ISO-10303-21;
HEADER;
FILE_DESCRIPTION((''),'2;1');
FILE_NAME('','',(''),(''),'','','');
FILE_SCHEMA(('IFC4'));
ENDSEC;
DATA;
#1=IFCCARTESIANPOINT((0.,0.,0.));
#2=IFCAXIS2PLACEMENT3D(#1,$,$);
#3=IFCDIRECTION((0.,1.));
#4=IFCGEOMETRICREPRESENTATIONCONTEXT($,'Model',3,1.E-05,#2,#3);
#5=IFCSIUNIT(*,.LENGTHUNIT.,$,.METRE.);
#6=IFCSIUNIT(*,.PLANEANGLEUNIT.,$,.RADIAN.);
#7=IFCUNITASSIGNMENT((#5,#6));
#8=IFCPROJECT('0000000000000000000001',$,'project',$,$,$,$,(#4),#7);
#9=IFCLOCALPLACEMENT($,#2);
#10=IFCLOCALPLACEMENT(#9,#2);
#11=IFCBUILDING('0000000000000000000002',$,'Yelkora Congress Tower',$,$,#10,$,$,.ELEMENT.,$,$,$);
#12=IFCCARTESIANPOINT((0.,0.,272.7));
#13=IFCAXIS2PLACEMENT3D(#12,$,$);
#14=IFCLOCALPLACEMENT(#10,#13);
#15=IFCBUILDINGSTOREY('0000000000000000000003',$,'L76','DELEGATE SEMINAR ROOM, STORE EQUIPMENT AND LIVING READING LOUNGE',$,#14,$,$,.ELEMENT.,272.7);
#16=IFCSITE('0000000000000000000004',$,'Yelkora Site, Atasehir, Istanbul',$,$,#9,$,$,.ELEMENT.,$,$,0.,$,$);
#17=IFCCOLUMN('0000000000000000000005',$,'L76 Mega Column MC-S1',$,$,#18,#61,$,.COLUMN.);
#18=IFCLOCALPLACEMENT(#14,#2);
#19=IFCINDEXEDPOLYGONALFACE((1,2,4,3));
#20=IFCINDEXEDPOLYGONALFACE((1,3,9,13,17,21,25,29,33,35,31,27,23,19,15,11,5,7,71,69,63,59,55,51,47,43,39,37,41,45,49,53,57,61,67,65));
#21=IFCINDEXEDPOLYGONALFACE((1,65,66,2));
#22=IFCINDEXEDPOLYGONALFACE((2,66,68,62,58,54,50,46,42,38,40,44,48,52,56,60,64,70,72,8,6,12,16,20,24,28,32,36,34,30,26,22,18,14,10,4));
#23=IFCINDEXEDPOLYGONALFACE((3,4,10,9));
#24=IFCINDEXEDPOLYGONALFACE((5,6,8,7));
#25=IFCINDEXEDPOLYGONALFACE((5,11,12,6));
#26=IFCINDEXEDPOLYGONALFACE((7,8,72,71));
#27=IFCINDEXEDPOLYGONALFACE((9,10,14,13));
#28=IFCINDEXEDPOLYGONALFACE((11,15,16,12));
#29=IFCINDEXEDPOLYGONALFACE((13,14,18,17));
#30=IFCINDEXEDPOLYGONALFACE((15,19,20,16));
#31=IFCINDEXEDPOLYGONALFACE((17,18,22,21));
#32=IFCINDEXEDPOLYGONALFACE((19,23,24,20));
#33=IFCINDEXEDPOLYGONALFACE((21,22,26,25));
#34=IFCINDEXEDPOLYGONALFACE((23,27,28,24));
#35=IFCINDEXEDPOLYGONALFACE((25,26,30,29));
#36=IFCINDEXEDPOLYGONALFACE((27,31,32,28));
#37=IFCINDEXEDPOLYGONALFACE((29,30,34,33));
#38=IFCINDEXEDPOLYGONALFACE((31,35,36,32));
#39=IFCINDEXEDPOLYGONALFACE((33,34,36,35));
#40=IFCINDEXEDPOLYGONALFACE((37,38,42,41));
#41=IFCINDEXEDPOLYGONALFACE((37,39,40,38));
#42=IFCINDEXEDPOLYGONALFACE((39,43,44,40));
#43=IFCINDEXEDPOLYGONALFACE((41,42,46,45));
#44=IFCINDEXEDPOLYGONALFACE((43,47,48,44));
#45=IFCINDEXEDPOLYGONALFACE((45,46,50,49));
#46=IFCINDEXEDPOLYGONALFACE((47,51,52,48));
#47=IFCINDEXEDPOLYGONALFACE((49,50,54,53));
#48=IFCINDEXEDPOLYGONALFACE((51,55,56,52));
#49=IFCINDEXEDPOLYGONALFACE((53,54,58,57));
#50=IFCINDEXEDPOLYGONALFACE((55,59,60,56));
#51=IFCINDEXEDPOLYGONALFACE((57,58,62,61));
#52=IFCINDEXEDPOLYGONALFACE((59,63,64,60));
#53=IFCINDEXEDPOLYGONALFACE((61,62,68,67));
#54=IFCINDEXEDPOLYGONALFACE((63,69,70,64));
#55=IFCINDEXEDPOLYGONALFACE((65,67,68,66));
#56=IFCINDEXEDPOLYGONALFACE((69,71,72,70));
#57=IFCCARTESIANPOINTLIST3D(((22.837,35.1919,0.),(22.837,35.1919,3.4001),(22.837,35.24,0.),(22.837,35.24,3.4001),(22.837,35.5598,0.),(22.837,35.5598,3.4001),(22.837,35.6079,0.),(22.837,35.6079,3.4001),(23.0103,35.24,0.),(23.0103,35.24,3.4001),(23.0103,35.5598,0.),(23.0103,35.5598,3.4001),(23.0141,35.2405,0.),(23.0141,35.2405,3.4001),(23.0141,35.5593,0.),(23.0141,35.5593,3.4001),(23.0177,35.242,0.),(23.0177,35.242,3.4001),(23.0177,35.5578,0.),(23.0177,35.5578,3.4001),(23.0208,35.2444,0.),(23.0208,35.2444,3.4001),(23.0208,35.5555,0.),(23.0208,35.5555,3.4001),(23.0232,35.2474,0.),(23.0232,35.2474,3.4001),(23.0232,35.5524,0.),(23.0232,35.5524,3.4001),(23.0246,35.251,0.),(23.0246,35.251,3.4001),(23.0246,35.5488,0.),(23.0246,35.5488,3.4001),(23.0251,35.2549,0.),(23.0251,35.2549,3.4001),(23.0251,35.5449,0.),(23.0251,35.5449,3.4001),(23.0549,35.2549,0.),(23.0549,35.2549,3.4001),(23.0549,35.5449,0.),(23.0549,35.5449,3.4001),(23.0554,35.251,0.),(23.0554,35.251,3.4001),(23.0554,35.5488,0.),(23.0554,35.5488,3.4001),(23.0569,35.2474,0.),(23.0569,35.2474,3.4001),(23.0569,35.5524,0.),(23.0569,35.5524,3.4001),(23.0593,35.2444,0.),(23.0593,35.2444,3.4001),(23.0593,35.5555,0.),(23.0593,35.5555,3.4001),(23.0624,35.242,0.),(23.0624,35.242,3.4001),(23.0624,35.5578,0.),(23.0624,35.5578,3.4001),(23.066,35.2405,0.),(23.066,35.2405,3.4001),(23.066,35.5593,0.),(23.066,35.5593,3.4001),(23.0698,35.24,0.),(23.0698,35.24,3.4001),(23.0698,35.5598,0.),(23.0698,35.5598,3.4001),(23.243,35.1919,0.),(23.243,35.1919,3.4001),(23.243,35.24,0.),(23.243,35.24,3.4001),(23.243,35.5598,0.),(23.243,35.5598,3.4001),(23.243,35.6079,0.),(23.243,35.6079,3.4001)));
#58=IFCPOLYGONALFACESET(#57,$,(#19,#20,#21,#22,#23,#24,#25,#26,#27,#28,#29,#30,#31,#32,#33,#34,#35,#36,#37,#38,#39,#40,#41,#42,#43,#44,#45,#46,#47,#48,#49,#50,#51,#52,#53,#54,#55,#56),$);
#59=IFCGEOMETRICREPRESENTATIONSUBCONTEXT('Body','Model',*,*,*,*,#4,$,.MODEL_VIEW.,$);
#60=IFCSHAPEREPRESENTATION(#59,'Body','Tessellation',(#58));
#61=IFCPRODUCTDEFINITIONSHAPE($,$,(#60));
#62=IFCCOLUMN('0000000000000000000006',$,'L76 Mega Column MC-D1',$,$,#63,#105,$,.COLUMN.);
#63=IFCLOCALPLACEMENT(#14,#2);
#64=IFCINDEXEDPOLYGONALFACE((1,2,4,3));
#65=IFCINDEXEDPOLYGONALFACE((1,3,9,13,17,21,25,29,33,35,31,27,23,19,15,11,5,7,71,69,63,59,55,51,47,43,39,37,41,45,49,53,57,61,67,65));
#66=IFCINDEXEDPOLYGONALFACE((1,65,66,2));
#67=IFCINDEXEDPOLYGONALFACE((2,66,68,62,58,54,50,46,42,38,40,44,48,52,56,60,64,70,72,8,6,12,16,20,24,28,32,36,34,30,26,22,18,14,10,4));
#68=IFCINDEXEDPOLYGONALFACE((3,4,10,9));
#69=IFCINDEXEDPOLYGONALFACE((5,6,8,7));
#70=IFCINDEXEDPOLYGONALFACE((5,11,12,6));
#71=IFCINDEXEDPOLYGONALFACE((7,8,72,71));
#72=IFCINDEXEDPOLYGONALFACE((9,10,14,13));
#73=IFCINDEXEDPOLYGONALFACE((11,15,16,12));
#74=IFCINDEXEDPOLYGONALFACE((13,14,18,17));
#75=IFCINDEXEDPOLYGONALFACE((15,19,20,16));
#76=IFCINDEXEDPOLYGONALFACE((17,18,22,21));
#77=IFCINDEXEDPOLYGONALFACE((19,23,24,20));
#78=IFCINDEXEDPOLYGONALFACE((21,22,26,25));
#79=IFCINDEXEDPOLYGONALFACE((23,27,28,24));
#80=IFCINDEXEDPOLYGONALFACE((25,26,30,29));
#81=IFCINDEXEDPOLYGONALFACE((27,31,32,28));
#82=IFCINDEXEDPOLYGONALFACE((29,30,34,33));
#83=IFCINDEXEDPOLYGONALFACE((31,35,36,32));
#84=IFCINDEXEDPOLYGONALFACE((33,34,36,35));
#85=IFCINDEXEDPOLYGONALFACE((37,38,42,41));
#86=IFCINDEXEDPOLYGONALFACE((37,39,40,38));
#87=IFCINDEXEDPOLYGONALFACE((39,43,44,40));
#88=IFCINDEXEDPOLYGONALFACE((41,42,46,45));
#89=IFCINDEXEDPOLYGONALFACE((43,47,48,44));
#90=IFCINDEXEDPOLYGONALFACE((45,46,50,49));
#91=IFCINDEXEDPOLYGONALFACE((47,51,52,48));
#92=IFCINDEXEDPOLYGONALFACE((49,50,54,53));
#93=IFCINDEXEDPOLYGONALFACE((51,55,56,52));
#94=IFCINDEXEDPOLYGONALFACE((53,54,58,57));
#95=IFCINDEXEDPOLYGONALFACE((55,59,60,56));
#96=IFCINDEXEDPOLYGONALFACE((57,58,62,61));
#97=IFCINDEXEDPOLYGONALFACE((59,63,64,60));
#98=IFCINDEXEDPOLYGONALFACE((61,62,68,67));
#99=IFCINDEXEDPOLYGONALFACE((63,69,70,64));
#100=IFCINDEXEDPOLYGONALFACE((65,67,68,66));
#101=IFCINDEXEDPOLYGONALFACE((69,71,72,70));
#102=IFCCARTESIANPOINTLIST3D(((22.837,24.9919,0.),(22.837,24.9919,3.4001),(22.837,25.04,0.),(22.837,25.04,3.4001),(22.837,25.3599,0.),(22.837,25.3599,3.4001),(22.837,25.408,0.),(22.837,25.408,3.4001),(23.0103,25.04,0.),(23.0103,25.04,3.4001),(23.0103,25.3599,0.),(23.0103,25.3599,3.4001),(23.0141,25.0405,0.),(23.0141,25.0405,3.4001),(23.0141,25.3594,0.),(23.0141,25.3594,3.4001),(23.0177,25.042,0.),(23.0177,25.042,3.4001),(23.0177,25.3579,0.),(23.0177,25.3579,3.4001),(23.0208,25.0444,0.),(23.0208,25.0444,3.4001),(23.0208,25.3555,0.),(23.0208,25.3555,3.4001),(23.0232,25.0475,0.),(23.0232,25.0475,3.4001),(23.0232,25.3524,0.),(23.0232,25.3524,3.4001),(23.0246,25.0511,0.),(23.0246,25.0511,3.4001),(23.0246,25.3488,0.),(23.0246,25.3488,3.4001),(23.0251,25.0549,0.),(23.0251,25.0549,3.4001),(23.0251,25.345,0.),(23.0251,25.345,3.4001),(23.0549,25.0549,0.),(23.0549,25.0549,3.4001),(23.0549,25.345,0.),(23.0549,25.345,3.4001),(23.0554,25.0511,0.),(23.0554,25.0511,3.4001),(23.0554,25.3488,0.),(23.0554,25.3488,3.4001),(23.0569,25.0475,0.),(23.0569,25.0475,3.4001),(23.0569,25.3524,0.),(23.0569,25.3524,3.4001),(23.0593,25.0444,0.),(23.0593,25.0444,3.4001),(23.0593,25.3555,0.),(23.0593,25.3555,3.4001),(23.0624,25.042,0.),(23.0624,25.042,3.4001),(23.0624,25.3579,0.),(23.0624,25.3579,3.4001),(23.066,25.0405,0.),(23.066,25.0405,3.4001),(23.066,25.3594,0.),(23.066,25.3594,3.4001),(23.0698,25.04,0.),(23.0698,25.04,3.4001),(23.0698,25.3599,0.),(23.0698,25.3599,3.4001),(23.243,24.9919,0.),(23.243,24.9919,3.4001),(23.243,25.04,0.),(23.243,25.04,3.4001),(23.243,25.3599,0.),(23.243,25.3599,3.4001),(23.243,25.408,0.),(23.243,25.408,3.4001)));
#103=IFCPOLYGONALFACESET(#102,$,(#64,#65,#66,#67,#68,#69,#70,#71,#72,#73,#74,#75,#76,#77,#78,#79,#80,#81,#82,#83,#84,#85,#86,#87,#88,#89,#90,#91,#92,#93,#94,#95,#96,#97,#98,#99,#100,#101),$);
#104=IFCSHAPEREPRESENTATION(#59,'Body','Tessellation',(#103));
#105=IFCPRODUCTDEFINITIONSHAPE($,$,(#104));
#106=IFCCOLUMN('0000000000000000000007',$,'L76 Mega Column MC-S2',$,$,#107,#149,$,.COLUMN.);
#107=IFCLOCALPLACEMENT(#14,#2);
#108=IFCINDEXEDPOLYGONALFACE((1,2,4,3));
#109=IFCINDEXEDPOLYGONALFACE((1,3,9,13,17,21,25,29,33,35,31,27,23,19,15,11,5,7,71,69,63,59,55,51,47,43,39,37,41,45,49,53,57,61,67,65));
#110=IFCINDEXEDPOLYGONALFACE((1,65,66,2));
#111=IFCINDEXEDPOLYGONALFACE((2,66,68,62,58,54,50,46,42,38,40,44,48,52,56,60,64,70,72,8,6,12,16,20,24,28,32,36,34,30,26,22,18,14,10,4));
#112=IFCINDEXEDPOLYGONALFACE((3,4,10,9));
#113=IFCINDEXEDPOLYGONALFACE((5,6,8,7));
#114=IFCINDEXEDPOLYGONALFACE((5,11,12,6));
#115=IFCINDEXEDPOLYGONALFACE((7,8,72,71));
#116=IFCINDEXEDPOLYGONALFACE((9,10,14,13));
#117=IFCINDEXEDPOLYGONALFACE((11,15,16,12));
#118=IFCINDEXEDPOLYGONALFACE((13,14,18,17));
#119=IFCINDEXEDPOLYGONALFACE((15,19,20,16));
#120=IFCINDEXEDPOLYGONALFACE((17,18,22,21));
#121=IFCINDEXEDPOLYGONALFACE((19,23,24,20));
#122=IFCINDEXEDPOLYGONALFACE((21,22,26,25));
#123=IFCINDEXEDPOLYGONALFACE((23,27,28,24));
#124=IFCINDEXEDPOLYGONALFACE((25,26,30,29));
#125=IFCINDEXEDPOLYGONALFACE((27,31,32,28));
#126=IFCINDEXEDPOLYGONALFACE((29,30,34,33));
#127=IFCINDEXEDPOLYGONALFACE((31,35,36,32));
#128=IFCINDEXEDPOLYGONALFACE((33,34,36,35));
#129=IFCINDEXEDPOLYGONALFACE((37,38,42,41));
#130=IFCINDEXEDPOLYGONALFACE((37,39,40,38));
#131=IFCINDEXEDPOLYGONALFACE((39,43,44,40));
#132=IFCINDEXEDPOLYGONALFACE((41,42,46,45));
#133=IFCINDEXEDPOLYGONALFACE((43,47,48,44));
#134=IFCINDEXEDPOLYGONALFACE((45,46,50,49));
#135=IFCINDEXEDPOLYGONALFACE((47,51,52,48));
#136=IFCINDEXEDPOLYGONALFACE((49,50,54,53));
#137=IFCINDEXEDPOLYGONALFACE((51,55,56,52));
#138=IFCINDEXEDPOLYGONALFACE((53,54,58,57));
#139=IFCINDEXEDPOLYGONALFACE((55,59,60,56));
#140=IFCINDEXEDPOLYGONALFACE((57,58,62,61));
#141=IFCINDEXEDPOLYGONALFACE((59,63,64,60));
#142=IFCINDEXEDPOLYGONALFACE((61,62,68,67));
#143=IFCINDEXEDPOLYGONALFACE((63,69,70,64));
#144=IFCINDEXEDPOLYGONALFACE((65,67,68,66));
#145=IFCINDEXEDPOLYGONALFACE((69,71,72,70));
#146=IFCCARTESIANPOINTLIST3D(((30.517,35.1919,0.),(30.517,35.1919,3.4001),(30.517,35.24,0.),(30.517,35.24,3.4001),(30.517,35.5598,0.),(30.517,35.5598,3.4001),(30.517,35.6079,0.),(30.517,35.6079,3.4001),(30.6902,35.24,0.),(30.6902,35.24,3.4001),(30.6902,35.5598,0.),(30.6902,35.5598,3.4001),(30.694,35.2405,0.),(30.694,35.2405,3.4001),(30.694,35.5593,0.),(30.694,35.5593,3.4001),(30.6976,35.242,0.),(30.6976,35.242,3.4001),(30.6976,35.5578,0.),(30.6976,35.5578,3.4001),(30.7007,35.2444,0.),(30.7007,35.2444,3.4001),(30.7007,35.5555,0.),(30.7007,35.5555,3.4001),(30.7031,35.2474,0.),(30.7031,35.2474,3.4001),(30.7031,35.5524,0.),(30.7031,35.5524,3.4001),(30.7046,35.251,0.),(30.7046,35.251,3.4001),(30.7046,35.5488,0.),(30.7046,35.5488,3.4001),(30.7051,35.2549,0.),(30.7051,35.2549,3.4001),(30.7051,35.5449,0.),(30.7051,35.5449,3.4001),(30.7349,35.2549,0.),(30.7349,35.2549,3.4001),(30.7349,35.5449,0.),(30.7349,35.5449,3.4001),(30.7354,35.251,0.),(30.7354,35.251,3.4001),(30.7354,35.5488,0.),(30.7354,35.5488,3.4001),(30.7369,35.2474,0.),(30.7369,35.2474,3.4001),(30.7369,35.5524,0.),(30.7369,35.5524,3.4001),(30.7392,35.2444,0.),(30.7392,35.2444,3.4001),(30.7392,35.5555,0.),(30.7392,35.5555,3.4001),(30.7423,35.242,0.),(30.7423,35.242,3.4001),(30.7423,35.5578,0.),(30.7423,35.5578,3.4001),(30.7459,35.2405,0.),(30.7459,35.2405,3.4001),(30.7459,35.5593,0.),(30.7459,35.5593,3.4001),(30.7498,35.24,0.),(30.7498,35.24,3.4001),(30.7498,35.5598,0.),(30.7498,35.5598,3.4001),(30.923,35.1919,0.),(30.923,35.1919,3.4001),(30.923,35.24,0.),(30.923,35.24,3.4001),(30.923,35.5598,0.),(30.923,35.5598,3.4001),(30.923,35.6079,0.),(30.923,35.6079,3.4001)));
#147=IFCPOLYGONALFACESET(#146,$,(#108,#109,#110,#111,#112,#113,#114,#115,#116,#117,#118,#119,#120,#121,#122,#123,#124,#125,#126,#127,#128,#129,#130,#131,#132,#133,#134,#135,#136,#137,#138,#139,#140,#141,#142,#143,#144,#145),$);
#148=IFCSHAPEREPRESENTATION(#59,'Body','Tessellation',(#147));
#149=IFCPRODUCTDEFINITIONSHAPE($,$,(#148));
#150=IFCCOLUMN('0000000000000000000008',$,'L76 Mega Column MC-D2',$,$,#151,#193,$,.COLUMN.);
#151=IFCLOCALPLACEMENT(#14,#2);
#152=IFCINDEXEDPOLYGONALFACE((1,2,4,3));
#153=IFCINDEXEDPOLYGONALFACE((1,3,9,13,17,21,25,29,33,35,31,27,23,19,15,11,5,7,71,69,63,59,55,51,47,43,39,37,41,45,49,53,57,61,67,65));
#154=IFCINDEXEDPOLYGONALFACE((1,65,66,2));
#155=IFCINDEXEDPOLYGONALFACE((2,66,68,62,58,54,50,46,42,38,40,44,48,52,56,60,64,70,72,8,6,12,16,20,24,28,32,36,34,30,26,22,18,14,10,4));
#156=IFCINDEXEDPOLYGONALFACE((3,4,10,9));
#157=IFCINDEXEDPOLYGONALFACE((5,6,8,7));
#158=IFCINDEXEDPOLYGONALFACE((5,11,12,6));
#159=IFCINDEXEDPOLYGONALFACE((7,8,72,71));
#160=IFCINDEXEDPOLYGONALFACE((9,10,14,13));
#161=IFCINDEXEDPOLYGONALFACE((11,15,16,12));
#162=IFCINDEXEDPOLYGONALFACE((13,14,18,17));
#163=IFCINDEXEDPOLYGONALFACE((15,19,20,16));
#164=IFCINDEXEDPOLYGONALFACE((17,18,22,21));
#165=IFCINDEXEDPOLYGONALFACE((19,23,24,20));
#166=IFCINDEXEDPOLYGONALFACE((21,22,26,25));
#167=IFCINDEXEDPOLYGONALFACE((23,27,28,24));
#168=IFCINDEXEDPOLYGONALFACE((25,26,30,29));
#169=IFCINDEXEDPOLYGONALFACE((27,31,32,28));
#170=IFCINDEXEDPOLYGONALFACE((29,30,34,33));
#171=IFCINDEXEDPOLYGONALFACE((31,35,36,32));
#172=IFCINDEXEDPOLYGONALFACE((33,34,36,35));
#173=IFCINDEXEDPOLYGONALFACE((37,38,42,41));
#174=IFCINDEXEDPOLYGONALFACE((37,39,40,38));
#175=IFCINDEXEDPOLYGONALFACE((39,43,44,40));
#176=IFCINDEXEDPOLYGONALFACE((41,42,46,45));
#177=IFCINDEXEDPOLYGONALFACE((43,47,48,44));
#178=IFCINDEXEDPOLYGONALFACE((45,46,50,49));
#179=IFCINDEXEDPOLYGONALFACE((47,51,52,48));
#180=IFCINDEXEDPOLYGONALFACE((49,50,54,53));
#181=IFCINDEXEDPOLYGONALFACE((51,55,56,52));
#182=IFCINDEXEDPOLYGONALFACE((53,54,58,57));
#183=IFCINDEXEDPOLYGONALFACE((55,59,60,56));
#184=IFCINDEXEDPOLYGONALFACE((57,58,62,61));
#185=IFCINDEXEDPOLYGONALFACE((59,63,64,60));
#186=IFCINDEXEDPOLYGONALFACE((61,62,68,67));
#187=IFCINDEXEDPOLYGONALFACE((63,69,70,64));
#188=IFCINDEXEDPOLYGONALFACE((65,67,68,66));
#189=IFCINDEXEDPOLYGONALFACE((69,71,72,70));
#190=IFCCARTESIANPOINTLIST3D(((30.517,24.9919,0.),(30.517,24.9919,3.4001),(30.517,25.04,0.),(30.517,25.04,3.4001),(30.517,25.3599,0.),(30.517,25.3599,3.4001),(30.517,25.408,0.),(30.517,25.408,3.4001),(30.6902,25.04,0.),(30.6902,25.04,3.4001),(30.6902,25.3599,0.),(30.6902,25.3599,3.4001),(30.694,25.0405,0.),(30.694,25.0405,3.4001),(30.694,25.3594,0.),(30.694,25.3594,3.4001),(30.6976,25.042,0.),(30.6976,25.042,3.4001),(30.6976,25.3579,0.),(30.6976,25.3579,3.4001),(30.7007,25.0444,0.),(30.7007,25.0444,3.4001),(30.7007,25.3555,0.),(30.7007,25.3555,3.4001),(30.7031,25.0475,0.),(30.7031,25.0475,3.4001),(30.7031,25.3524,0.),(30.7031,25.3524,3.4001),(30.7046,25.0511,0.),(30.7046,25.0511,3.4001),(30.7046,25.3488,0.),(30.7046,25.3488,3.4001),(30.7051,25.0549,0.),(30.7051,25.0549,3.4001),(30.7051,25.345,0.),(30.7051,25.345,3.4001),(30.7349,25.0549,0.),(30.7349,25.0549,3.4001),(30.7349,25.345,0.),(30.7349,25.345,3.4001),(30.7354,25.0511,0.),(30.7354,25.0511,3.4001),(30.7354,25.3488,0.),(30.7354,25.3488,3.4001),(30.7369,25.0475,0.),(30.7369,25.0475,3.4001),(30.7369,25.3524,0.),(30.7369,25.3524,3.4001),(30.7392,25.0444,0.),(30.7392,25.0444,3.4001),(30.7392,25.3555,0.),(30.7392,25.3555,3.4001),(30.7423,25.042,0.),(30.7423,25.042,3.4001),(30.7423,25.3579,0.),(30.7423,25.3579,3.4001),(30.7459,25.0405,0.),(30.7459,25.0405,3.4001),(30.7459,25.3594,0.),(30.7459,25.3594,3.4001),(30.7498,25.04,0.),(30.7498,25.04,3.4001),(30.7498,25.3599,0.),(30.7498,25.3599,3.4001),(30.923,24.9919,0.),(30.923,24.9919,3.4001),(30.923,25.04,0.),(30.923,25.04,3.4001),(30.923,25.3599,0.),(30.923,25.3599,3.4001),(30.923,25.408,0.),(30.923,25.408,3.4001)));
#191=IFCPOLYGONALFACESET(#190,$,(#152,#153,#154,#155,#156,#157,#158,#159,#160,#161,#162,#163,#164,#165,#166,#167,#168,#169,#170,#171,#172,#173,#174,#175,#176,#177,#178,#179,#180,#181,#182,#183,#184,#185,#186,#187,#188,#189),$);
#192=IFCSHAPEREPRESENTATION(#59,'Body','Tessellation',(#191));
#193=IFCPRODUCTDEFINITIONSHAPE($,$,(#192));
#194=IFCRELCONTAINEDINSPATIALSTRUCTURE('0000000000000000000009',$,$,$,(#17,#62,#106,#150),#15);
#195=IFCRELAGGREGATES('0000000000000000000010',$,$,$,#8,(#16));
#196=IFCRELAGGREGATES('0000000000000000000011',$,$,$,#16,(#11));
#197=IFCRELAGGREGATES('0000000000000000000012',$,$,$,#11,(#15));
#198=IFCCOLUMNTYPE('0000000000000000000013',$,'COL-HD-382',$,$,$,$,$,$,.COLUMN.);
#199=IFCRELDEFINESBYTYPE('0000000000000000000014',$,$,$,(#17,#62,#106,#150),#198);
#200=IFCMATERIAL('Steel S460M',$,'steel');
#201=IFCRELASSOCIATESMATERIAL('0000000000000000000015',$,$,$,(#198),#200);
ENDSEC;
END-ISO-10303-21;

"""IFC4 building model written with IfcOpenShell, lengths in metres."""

from ifc_helpers import new_model, si_unit, direction, frame, origin, origin_2d, place, context, subcontext, project, spatial, i_section, extrude, material, material_profile, profile_set, type_object, element, save


model = new_model("IFC4")

# Units and contexts
model_context = context("Model", 3, precision=1e-05, world=origin(), true_north=direction((0.0, 1.0)))
body_context = subcontext(model_context, "Body", "Model", "MODEL_VIEW")
ifc_project = project(units=[si_unit("LENGTHUNIT", "METRE"), si_unit("PLANEANGLEUNIT", "RADIAN")], contexts=[model_context])

# Site, building, storey
site_placement = place(None, origin())
site = spatial("IfcSite", under=ifc_project, at=site_placement, Name="Yelkora Site, Atasehir, Istanbul", CompositionType="ELEMENT", RefElevation=0.0)
building_placement = place(site_placement, origin())
building = spatial("IfcBuilding", under=site, at=building_placement, Name="Yelkora Congress Tower", CompositionType="ELEMENT")
storey_placement = place(building_placement, frame((0.0, 0.0, 272.7)))
storey = spatial("IfcBuildingStorey", under=building, at=storey_placement, Name="L76", Description="DELEGATE SEMINAR ROOM, STORE EQUIPMENT AND LIVING READING LOUNGE", CompositionType="ELEMENT", Elevation=272.7)

# Columns
ifc_material_1 = material(Name="Steel S460M", Category="steel")
ifc_material_profile_1 = material_profile(ifc_material_1, i_section(OverallWidth=0.406, OverallDepth=0.416, WebThickness=0.0298, FlangeThickness=0.0481, FilletRadius=0.0149, at=origin_2d()), Name="HD 400x382")
ifc_profile_set_1 = profile_set([ifc_material_profile_1], Name="Steel S460M")
column_type = type_object("IfcColumnType", Name="COL-HD-382", PredefinedType="COLUMN", material=ifc_profile_set_1)
for number, where, z_axis, x_axis, name in (
    (1, (23.04, 35.3999, 0.0), (0.0, 0.0, 1.0), (1.0, 0.0, 0.0), "L76 Mega Column MC-S1"),
    (2, (23.04, 25.2, 0.0), (0.0, 0.0, 1.0), (1.0, 0.0, 0.0), "L76 Mega Column MC-D1"),
    (3, (30.72, 35.3999, 0.0), (0.0, 0.0, 1.0), (1.0, 0.0, 0.0), "L76 Mega Column MC-S2"),
    (4, (30.72, 25.2, 0.0), (0.0, 0.0, 1.0), (1.0, 0.0, 0.0), "L76 Mega Column MC-D2"),
):
    element("IfcColumn", number, at=place(storey_placement, frame(where, z_axis=z_axis, x_axis=x_axis)), inside=storey, type_object=column_type, Name=name, PredefinedType="COLUMN", context=body_context, shape_type="SweptSolid", body=[
        extrude(i_section(OverallWidth=0.406, OverallDepth=0.416, WebThickness=0.0298, FlangeThickness=0.0481, FilletRadius=0.0149, at=origin_2d()), origin(), (0.0, 0.0, 1.0), 3.4001),
    ])

save(model, "model.ifc")
